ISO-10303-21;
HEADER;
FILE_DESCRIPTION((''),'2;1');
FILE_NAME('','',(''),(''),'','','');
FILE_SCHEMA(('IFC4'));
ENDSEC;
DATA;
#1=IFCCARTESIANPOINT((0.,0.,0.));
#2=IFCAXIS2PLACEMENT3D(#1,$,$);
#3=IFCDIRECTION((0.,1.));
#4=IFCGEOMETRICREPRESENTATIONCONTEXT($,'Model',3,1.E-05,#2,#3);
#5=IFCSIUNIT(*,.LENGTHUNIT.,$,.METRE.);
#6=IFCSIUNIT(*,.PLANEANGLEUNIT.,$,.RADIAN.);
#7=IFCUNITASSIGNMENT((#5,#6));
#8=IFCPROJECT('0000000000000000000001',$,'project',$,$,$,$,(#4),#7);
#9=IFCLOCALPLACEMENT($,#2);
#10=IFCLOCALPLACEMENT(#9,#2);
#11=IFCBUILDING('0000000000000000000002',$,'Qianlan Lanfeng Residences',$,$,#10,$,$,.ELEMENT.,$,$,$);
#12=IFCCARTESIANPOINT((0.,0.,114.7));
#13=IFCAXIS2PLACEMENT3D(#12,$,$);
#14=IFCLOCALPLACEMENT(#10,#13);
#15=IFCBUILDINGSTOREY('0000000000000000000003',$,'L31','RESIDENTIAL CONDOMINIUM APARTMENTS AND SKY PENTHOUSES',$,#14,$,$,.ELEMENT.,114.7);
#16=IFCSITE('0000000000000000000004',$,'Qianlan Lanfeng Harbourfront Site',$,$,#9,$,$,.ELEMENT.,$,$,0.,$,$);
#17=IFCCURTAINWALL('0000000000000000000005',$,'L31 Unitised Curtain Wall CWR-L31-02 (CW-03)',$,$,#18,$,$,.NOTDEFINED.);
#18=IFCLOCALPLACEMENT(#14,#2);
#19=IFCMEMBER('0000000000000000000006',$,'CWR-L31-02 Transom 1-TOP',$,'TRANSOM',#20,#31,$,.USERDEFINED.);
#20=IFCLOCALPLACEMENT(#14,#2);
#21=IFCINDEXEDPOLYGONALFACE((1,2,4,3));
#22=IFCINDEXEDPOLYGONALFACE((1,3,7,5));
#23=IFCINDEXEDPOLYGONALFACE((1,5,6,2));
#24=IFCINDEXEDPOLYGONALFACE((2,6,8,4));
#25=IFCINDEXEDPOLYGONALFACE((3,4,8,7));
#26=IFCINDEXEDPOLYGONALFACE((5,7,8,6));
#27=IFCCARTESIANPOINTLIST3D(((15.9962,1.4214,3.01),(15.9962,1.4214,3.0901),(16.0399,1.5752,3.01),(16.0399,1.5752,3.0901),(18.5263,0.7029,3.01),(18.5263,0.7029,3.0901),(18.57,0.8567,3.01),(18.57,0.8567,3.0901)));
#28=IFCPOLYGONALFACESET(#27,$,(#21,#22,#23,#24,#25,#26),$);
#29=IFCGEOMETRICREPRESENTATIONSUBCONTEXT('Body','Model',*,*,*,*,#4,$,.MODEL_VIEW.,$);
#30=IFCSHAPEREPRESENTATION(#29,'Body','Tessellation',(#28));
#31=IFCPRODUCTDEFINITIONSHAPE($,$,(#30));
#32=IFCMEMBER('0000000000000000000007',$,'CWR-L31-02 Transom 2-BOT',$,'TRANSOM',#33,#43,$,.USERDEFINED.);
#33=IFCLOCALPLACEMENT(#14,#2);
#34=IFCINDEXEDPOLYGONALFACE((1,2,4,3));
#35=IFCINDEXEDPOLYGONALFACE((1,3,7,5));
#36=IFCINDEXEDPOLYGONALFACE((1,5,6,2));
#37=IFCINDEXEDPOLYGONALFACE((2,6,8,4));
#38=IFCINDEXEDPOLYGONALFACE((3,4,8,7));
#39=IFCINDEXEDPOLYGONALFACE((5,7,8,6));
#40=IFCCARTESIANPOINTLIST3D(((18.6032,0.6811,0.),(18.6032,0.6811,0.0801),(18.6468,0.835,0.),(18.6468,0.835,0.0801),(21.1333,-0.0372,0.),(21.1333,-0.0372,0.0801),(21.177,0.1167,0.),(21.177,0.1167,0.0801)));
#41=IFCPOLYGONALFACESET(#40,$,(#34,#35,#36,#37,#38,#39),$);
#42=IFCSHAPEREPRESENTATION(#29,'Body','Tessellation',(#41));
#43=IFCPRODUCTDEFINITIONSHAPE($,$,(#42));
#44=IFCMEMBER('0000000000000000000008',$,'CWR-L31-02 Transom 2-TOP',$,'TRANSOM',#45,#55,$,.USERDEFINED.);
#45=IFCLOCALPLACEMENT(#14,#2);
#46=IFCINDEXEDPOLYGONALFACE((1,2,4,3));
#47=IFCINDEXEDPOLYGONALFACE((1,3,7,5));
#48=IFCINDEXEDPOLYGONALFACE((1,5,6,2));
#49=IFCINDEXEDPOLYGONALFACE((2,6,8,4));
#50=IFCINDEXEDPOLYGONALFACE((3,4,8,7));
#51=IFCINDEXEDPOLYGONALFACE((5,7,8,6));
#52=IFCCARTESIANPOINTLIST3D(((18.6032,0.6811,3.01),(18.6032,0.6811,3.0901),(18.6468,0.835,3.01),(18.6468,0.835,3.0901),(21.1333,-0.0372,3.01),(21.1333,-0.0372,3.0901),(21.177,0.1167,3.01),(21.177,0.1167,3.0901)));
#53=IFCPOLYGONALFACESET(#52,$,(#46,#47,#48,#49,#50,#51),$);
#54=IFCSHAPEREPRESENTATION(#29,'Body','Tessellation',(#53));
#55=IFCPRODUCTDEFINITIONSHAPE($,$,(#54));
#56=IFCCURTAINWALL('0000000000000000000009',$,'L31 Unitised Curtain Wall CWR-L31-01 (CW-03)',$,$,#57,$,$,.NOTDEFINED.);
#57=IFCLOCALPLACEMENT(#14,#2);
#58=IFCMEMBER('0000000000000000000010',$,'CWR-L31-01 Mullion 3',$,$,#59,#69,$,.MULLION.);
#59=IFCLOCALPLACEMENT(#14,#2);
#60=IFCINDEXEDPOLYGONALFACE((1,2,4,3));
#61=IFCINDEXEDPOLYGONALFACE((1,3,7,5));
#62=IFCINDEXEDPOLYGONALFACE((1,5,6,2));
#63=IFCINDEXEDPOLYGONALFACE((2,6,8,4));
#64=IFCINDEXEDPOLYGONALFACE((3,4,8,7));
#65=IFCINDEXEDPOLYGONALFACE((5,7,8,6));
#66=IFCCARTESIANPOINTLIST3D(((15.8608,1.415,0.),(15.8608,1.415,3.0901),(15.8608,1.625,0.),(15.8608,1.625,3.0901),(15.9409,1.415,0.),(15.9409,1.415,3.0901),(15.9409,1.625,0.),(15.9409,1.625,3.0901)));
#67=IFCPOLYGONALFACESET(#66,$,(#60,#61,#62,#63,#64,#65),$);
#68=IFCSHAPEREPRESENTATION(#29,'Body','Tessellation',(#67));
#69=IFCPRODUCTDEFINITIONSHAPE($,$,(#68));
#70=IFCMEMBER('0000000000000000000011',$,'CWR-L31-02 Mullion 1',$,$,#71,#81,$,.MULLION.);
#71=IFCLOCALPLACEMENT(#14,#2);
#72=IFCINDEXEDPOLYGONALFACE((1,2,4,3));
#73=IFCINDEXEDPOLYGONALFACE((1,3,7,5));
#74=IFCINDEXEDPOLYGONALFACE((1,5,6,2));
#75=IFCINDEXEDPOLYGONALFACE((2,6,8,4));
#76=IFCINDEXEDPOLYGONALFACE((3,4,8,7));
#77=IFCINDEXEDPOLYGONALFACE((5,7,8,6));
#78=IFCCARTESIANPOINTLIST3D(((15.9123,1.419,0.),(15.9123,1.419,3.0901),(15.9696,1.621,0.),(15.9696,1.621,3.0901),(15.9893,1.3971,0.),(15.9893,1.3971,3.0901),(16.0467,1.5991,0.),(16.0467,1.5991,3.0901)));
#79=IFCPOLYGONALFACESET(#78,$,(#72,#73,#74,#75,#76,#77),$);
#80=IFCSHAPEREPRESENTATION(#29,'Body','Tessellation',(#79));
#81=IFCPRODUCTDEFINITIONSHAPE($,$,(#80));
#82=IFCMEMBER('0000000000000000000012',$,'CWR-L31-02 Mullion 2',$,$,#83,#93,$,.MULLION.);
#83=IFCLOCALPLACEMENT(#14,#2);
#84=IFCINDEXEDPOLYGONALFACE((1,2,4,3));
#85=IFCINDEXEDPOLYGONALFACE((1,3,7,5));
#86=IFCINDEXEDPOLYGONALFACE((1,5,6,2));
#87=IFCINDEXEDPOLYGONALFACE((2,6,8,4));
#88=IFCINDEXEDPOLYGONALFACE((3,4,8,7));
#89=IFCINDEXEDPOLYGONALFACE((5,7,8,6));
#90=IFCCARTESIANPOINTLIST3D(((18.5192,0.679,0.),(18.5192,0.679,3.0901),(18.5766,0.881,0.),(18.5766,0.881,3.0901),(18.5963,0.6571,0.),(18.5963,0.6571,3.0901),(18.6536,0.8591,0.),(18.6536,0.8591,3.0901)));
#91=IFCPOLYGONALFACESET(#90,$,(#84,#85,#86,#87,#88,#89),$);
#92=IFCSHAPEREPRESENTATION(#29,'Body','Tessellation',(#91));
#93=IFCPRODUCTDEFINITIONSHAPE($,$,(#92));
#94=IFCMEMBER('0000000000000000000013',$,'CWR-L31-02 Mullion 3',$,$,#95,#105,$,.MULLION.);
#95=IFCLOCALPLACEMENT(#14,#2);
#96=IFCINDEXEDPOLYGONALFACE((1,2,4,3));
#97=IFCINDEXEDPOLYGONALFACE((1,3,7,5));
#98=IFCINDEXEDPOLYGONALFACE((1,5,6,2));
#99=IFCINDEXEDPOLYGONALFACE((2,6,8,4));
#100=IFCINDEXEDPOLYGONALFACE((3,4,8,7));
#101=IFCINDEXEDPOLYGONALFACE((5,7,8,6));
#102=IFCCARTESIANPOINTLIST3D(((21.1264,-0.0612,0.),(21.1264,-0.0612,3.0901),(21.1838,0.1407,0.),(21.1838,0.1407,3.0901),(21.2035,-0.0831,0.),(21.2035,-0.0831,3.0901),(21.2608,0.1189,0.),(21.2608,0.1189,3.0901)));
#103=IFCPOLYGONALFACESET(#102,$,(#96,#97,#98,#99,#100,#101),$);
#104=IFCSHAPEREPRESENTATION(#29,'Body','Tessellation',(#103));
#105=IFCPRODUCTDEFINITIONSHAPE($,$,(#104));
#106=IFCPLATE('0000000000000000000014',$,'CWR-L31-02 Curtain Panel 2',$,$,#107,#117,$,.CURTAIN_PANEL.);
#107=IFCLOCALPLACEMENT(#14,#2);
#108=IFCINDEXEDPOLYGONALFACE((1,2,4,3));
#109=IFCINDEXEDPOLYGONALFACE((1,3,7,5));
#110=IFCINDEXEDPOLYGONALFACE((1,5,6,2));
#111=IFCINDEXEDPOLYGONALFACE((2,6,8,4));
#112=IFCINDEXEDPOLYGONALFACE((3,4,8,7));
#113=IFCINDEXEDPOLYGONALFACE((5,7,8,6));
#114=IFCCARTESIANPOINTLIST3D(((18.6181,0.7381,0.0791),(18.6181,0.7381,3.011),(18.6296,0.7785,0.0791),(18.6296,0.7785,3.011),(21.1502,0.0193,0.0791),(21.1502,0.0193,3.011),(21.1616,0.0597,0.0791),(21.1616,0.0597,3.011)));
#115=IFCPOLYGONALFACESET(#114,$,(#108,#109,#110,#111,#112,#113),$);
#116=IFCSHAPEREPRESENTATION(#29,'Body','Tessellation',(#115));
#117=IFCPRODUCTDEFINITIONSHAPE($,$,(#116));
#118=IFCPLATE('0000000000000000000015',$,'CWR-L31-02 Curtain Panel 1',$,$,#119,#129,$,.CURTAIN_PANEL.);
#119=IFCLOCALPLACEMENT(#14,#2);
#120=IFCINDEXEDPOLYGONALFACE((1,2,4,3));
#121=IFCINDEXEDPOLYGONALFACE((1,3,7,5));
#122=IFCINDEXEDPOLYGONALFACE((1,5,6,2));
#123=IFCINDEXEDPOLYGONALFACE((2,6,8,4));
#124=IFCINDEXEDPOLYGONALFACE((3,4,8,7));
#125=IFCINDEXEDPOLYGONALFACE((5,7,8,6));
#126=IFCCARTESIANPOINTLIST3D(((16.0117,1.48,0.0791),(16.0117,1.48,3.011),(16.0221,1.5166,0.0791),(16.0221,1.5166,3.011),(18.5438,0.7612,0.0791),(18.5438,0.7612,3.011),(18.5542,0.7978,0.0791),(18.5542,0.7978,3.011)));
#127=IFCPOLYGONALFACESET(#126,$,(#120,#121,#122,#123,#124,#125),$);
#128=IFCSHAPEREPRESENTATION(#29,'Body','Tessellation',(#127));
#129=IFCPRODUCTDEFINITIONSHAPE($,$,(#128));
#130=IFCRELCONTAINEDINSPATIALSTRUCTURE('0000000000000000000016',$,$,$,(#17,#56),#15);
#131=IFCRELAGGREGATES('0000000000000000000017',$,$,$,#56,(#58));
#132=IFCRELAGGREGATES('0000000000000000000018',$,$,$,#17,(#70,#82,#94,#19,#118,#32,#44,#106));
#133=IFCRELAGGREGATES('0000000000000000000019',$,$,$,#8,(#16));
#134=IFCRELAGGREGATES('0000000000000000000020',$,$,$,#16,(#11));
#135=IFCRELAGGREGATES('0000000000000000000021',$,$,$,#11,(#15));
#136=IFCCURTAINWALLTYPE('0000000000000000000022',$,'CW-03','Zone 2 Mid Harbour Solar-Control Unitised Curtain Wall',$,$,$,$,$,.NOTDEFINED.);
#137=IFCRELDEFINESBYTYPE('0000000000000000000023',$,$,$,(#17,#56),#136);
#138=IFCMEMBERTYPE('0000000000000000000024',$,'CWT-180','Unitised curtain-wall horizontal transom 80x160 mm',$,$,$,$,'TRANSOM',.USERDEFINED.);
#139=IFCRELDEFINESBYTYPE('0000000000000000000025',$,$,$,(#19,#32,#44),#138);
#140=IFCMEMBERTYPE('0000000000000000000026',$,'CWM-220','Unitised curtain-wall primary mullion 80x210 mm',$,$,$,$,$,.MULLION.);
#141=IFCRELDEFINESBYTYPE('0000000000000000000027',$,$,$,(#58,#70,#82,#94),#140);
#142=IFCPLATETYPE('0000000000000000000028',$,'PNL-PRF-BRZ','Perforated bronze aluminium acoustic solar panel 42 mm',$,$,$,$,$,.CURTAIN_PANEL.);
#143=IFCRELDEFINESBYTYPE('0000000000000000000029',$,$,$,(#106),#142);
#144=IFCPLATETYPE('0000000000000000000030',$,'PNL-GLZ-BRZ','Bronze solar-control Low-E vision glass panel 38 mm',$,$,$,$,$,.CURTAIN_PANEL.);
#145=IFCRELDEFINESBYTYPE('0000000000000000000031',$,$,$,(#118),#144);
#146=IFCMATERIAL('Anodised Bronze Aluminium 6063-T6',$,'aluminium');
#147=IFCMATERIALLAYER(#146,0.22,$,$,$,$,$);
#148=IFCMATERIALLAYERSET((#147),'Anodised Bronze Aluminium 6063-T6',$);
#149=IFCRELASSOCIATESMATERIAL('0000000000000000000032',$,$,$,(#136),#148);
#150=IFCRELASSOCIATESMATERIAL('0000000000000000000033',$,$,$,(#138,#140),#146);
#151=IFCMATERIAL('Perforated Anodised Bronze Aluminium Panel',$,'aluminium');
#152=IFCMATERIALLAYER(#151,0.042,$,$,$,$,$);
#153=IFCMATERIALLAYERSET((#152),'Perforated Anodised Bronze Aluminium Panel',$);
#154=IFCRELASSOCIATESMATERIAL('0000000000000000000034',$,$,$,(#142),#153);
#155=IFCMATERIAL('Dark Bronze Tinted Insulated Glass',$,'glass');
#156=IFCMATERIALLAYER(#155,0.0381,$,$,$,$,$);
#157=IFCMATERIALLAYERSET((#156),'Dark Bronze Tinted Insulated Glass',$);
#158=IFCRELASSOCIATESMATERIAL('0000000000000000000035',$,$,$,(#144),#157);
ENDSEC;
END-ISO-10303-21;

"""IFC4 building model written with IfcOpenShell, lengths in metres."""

from ifc_helpers import new_model, si_unit, direction, frame, origin, origin_2d, place, context, subcontext, project, spatial, rectangle, extrude, source, transform, mapped, material, layer, layer_set, material_profile, profile_set, type_object, element, aggregate, save


model = new_model("IFC4")

# Units and contexts
model_context = context("Model", 3, precision=1e-05, world=origin(), true_north=direction((0.0, 1.0)))
body_context = subcontext(model_context, "Body", "Model", "MODEL_VIEW")
ifc_project = project(units=[si_unit("LENGTHUNIT", "METRE"), si_unit("PLANEANGLEUNIT", "RADIAN")], contexts=[model_context])

# Site, building, storey
site_placement = place(None, origin())
site = spatial("IfcSite", under=ifc_project, at=site_placement, Name="Qianlan Lanfeng Harbourfront Site", CompositionType="ELEMENT", RefElevation=0.0)
building_placement = place(site_placement, origin())
building = spatial("IfcBuilding", under=site, at=building_placement, Name="Qianlan Lanfeng Residences", CompositionType="ELEMENT")
storey_placement = place(building_placement, frame((0.0, 0.0, 114.7)))
storey = spatial("IfcBuildingStorey", under=building, at=storey_placement, Name="L31", Description="RESIDENTIAL CONDOMINIUM APARTMENTS AND SKY PENTHOUSES", CompositionType="ELEMENT", Elevation=114.7)

# Curtain wall, members
ifc_material_1 = material(Name="Anodised Bronze Aluminium 6063-T6", Category="aluminium")
ifc_layer_1 = layer(ifc_material_1, 0.22)
ifc_layer_set_1 = layer_set([ifc_layer_1], Name="Anodised Bronze Aluminium 6063-T6")
curtain_wall_type = type_object("IfcCurtainWallType", Name="CW-03", Description="Zone 2 Mid Harbour Solar-Control Unitised Curtain Wall", PredefinedType="NOTDEFINED", material=ifc_layer_set_1)
curtain_wall_1_placement = place(storey_placement, origin())
curtain_wall_1 = element("IfcCurtainWall", 1, at=curtain_wall_1_placement, inside=storey, type_object=curtain_wall_type, Name="L31 Unitised Curtain Wall CWR-L31-02 (CW-03)", PredefinedType="NOTDEFINED")
ifc_material_profile_1 = material_profile(ifc_material_1, rectangle(XDim=0.0801, YDim=0.1599, at=origin_2d()), Name="ALU TRANSOM 80x160")
ifc_profile_set_1 = profile_set([ifc_material_profile_1], Name="Anodised Bronze Aluminium 6063-T6")
member_type_1 = type_object("IfcMemberType", Name="CWT-180", Description="Unitised curtain-wall horizontal transom 80x160 mm", ElementType="TRANSOM", PredefinedType="USERDEFINED", material=ifc_profile_set_1)
shared_shape_1 = source(origin(), body_context, "Body", "SweptSolid", [
    extrude(rectangle(XDim=0.0801, YDim=0.1599, at=origin_2d()), origin(), (0.0, 0.0, 1.0), 2.6301),
])
member_1_placement = place(storey_placement, frame((16.0181, 1.4983, 3.05), z_axis=(0.961961, -0.273188, 0.0), x_axis=(0.0, 0.0, 1.0)))
member_1 = element("IfcMember", 2, at=member_1_placement, type_object=member_type_1, Name="CWR-L31-02 Transom 1-TOP", ObjectType="TRANSOM", PredefinedType="USERDEFINED", context=body_context, shape_type="MappedRepresentation", body=[
    mapped(shared_shape_1, transform((0.0, 0.0, 0.0), scale=1.0)),
])
member_2_placement = place(storey_placement, frame((18.625, 0.7581, 0.04), z_axis=(0.961985, -0.273102, 0.0), x_axis=(0.0, 0.0, 1.0)))
member_2 = element("IfcMember", 3, at=member_2_placement, type_object=member_type_1, Name="CWR-L31-02 Transom 2-BOT", ObjectType="TRANSOM", PredefinedType="USERDEFINED", context=body_context, shape_type="MappedRepresentation", body=[
    mapped(shared_shape_1, transform((0.0, 0.0, 0.0), scale=1.0)),
])
member_3_placement = place(storey_placement, frame((18.625, 0.7581, 3.05), z_axis=(0.961985, -0.273102, 0.0), x_axis=(0.0, 0.0, 1.0)))
member_3 = element("IfcMember", 4, at=member_3_placement, type_object=member_type_1, Name="CWR-L31-02 Transom 2-TOP", ObjectType="TRANSOM", PredefinedType="USERDEFINED", context=body_context, shape_type="MappedRepresentation", body=[
    mapped(shared_shape_1, transform((0.0, 0.0, 0.0), scale=1.0)),
])

# Curtain wall, member
curtain_wall_2_placement = place(storey_placement, origin())
curtain_wall_2 = element("IfcCurtainWall", 5, at=curtain_wall_2_placement, inside=storey, type_object=curtain_wall_type, Name="L31 Unitised Curtain Wall CWR-L31-01 (CW-03)", PredefinedType="NOTDEFINED")
ifc_material_profile_2 = material_profile(ifc_material_1, rectangle(XDim=0.0801, YDim=0.21, at=origin_2d()), Name="ALU MULLION 80x210")
ifc_profile_set_2 = profile_set([ifc_material_profile_2], Name="Anodised Bronze Aluminium 6063-T6")
member_type_2 = type_object("IfcMemberType", Name="CWM-220", Description="Unitised curtain-wall primary mullion 80x210 mm", PredefinedType="MULLION", material=ifc_profile_set_2)
shared_shape_2 = source(origin(), body_context, "Body", "SweptSolid", [
    extrude(rectangle(XDim=0.0801, YDim=0.21, at=origin_2d()), origin(), (0.0, 0.0, 1.0), 3.0901),
])
member_4_placement = place(storey_placement, frame((15.9009, 1.52, 0.0), z_axis=(0.0, 0.0, 1.0), x_axis=(1.0, 0.0, 0.0)))
member_4 = element("IfcMember", 6, at=member_4_placement, type_object=member_type_2, Name="CWR-L31-01 Mullion 3", PredefinedType="MULLION", context=body_context, shape_type="MappedRepresentation", body=[
    mapped(shared_shape_2, transform((0.0, 0.0, 0.0), scale=1.0)),
])
aggregate(curtain_wall_2, [member_4])

# Members
member_5_placement = place(storey_placement, frame((15.9795, 1.509, 0.0), z_axis=(0.0, 0.0, 1.0), x_axis=(0.961989, -0.273088, 0.0)))
member_5 = element("IfcMember", 7, at=member_5_placement, type_object=member_type_2, Name="CWR-L31-02 Mullion 1", PredefinedType="MULLION", context=body_context, shape_type="MappedRepresentation", body=[
    mapped(shared_shape_2, transform((0.0, 0.0, 0.0), scale=1.0)),
])
member_6_placement = place(storey_placement, frame((18.5864, 0.769, 0.0), z_axis=(0.0, 0.0, 1.0), x_axis=(0.961989, -0.273088, 0.0)))
member_6 = element("IfcMember", 8, at=member_6_placement, type_object=member_type_2, Name="CWR-L31-02 Mullion 2", PredefinedType="MULLION", context=body_context, shape_type="MappedRepresentation", body=[
    mapped(shared_shape_2, transform((0.0, 0.0, 0.0), scale=1.0)),
])
member_7_placement = place(storey_placement, frame((21.1936, 0.0288, 0.0), z_axis=(0.0, 0.0, 1.0), x_axis=(0.961989, -0.273088, 0.0)))
member_7 = element("IfcMember", 9, at=member_7_placement, type_object=member_type_2, Name="CWR-L31-02 Mullion 3", PredefinedType="MULLION", context=body_context, shape_type="MappedRepresentation", body=[
    mapped(shared_shape_2, transform((0.0, 0.0, 0.0), scale=1.0)),
])

# Plates
ifc_material_2 = material(Name="Perforated Anodised Bronze Aluminium Panel", Category="aluminium")
ifc_layer_2 = layer(ifc_material_2, 0.042)
ifc_layer_set_2 = layer_set([ifc_layer_2], Name="Perforated Anodised Bronze Aluminium Panel")
plate_type_1 = type_object("IfcPlateType", Name="PNL-PRF-BRZ", Description="Perforated bronze aluminium acoustic solar panel 42 mm", PredefinedType="CURTAIN_PANEL", material=ifc_layer_set_2)
shared_shape_3 = source(origin(), body_context, "Body", "SweptSolid", [
    extrude(rectangle(XDim=2.6321, YDim=0.042, at=origin_2d()), origin(), (0.0, 0.0, 1.0), 2.9319),
])
plate_1_placement = place(storey_placement, frame((19.8899, 0.3989, 0.0791), z_axis=(0.0, 0.0, 1.0), x_axis=(0.961989, -0.273088, 0.0)))
plate_1 = element("IfcPlate", 10, at=plate_1_placement, type_object=plate_type_1, Name="CWR-L31-02 Curtain Panel 2", PredefinedType="CURTAIN_PANEL", context=body_context, shape_type="MappedRepresentation", body=[
    mapped(shared_shape_3, transform((0.0, 0.0, 0.0), scale=1.0)),
])
ifc_material_3 = material(Name="Dark Bronze Tinted Insulated Glass", Category="glass")
ifc_layer_3 = layer(ifc_material_3, 0.0381)
ifc_layer_set_3 = layer_set([ifc_layer_3], Name="Dark Bronze Tinted Insulated Glass")
plate_type_2 = type_object("IfcPlateType", Name="PNL-GLZ-BRZ", Description="Bronze solar-control Low-E vision glass panel 38 mm", PredefinedType="CURTAIN_PANEL", material=ifc_layer_set_3)
shared_shape_4 = source(origin(), body_context, "Body", "SweptSolid", [
    extrude(rectangle(XDim=2.6321, YDim=0.0381, at=origin_2d()), origin(), (0.0, 0.0, 1.0), 2.9319),
])
plate_2_placement = place(storey_placement, frame((17.283, 1.1389, 0.0791), z_axis=(0.0, 0.0, 1.0), x_axis=(0.961989, -0.273088, 0.0)))
plate_2 = element("IfcPlate", 11, at=plate_2_placement, type_object=plate_type_2, Name="CWR-L31-02 Curtain Panel 1", PredefinedType="CURTAIN_PANEL", context=body_context, shape_type="MappedRepresentation", body=[
    mapped(shared_shape_4, transform((0.0, 0.0, 0.0), scale=1.0)),
])
aggregate(curtain_wall_1, [member_5, member_6, member_7, member_1, plate_2, member_2, member_3, plate_1])

save(model, "model.ifc")
